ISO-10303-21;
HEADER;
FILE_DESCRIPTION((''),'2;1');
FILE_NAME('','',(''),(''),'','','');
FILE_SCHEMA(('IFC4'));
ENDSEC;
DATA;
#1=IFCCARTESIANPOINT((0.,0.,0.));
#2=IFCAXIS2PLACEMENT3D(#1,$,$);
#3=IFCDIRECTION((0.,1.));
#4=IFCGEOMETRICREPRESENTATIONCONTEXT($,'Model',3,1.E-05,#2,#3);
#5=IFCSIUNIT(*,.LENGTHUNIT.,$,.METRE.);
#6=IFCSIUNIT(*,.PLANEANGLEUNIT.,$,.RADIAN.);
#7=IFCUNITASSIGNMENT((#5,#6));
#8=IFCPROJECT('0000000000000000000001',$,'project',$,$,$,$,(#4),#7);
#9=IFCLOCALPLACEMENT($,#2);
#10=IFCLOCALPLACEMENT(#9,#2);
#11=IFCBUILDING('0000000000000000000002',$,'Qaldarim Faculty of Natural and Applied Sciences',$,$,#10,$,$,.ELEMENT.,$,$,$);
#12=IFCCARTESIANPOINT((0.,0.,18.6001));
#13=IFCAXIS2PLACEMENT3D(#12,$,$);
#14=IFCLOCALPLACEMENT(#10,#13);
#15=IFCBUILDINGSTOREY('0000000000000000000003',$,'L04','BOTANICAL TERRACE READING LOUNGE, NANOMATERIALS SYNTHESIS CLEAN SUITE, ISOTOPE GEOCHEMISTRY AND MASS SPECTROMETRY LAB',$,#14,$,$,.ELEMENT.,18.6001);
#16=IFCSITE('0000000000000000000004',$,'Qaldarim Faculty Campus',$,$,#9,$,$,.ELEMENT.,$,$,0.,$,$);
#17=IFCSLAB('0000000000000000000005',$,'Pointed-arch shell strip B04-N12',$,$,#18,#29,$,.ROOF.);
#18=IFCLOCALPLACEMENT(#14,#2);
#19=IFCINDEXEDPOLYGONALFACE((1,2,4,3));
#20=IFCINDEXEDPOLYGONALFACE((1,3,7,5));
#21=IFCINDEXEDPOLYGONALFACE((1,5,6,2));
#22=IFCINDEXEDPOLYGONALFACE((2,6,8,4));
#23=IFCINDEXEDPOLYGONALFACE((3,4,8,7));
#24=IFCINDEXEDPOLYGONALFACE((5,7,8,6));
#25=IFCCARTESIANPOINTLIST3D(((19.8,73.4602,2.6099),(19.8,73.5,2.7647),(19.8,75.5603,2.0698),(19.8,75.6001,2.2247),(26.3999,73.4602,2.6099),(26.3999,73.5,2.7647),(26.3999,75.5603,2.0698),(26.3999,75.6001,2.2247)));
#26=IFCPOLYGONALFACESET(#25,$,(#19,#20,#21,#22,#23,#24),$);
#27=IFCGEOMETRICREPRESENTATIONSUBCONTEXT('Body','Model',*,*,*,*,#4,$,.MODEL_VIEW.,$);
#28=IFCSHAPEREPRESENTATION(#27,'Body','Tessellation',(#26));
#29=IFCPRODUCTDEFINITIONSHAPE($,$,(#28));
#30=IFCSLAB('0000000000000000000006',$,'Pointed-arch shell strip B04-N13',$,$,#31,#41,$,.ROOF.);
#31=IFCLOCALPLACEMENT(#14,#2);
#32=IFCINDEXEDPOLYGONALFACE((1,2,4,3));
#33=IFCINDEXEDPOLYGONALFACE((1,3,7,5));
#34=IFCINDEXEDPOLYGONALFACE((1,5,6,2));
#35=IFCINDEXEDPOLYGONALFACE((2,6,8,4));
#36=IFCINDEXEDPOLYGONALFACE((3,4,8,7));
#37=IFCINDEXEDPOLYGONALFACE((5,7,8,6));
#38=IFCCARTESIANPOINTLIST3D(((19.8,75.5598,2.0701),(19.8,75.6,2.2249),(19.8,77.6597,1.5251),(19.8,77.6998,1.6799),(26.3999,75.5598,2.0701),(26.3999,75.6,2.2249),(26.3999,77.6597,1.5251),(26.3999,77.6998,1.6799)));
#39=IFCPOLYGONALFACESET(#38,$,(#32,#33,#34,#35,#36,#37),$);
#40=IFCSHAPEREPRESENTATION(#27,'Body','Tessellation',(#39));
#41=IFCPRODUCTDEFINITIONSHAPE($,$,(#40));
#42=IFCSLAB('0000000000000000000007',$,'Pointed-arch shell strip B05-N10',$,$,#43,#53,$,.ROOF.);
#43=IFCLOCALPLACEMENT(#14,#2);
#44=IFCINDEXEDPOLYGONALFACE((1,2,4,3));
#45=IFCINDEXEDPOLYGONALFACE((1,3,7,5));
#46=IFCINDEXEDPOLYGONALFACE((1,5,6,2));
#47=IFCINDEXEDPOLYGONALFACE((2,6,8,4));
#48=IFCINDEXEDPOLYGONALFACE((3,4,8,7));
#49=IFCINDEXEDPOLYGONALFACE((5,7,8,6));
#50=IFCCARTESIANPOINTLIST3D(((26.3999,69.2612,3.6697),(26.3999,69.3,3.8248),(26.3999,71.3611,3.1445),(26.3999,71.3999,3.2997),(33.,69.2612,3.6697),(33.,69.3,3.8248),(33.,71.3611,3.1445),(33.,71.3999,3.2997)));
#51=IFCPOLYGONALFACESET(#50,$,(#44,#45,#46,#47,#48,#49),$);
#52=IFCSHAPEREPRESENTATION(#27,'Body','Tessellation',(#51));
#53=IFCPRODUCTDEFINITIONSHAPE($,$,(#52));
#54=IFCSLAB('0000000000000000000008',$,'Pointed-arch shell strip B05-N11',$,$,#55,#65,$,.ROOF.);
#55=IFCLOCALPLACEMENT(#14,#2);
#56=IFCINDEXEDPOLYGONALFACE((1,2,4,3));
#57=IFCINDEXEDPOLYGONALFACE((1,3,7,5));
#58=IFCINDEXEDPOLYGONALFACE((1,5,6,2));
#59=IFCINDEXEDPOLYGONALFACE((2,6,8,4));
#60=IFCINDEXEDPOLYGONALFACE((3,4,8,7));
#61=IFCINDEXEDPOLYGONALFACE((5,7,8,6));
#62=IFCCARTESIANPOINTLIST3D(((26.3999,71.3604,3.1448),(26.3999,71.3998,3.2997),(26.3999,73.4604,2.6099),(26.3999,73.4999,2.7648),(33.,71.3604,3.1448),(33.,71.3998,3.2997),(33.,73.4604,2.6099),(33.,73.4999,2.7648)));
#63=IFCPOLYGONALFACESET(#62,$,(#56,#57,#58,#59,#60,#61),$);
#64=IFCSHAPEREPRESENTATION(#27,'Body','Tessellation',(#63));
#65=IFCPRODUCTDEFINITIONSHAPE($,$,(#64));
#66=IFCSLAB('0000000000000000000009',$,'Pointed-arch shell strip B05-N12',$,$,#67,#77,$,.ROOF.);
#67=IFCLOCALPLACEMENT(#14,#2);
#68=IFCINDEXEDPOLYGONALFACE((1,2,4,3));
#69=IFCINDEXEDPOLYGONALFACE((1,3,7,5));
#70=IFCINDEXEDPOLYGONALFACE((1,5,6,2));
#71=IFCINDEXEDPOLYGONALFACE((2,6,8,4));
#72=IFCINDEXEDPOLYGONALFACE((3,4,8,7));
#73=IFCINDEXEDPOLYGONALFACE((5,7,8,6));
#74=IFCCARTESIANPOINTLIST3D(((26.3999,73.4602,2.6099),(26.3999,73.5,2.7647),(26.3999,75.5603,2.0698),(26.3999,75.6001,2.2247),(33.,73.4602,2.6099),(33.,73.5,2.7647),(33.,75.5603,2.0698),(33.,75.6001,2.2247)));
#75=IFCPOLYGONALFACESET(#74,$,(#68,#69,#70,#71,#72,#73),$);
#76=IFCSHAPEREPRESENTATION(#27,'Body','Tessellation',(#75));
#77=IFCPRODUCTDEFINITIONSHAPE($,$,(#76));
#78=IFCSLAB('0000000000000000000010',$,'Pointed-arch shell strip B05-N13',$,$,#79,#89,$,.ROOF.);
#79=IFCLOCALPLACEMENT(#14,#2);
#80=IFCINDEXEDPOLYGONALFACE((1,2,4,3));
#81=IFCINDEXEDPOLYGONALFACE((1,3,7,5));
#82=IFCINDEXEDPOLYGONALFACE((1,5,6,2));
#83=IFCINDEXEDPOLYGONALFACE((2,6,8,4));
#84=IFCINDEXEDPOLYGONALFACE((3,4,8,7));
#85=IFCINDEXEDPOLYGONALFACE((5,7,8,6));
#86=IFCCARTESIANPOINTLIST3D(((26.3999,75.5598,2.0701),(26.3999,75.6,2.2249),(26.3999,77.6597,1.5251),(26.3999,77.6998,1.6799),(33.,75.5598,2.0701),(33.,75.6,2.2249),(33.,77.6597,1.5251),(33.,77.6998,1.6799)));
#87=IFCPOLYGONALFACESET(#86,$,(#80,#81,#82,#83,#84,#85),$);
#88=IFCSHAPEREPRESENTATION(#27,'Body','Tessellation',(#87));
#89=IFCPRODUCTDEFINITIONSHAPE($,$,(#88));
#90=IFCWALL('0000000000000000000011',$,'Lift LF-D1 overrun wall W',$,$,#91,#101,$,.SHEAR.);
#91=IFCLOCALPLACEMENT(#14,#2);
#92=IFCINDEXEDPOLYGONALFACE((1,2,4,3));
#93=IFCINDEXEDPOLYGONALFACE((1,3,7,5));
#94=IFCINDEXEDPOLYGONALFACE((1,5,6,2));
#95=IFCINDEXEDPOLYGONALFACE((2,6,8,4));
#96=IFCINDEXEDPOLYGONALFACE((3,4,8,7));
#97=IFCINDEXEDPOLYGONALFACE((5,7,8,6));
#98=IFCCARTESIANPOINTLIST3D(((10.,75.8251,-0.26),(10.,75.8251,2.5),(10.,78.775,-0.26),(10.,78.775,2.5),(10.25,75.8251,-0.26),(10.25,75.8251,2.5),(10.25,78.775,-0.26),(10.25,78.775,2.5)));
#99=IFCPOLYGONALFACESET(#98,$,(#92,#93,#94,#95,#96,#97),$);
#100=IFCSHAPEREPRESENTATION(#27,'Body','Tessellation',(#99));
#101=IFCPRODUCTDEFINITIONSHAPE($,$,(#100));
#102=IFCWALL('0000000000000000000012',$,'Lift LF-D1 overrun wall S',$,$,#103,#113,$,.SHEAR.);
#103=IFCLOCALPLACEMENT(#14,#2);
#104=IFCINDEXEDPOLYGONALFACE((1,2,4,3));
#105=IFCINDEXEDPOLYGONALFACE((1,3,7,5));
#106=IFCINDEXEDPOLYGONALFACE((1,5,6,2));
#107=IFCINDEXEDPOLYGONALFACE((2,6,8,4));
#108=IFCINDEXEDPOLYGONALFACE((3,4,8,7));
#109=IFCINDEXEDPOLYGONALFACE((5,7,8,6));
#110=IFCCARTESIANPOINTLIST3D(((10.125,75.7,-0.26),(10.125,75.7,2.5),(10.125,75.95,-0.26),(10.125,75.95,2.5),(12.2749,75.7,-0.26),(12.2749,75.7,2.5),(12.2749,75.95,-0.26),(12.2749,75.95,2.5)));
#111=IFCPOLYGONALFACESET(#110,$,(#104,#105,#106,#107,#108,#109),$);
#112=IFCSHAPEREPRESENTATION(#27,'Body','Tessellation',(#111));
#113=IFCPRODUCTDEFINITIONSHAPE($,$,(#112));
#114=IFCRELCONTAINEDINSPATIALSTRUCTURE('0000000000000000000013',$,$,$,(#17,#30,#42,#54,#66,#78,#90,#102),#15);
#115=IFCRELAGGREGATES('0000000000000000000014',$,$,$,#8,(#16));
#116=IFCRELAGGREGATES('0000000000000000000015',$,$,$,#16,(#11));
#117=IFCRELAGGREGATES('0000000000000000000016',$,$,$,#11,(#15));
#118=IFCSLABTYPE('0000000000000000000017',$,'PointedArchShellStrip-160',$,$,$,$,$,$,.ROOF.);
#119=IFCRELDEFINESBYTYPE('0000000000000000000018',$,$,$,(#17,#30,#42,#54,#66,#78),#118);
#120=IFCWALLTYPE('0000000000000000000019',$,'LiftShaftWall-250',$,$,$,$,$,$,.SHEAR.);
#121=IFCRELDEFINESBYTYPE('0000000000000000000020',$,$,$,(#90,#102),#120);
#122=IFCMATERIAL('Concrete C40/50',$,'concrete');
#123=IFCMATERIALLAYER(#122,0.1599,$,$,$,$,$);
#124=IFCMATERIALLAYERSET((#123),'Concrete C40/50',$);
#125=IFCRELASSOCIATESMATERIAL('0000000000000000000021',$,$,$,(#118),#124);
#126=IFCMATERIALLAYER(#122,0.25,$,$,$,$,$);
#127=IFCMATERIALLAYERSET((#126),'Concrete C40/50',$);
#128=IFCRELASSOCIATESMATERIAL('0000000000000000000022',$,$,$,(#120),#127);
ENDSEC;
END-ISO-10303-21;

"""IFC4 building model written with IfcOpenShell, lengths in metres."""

from ifc_helpers import new_model, si_unit, direction, frame, frame_2d, origin, place, context, subcontext, project, spatial, polyline, rectangle, outline, extrude, material, layer, layer_set, type_object, element, save


model = new_model("IFC4")

# Units and contexts
model_context = context("Model", 3, precision=1e-05, world=origin(), true_north=direction((0.0, 1.0)))
body_context = subcontext(model_context, "Body", "Model", "MODEL_VIEW")
ifc_project = project(units=[si_unit("LENGTHUNIT", "METRE"), si_unit("PLANEANGLEUNIT", "RADIAN")], contexts=[model_context])

# Site, building, storey
site_placement = place(None, origin())
site = spatial("IfcSite", under=ifc_project, at=site_placement, Name="Qaldarim Faculty Campus", CompositionType="ELEMENT", RefElevation=0.0)
building_placement = place(site_placement, origin())
building = spatial("IfcBuilding", under=site, at=building_placement, Name="Qaldarim Faculty of Natural and Applied Sciences", CompositionType="ELEMENT")
storey_placement = place(building_placement, frame((0.0, 0.0, 18.6001)))
storey = spatial("IfcBuildingStorey", under=building, at=storey_placement, Name="L04", Description="BOTANICAL TERRACE READING LOUNGE, NANOMATERIALS SYNTHESIS CLEAN SUITE, ISOTOPE GEOCHEMISTRY AND MASS SPECTROMETRY LAB", CompositionType="ELEMENT", Elevation=18.6001)

# Slabs
ifc_material_1 = material(Name="Concrete C40/50", Category="concrete")
ifc_layer_1 = layer(ifc_material_1, 0.1599)
ifc_layer_set_1 = layer_set([ifc_layer_1], Name="Concrete C40/50")
slab_type = type_object("IfcSlabType", Name="PointedArchShellStrip-160", PredefinedType="ROOF", material=ifc_layer_set_1)
slab_1_placement = place(storey_placement, frame((19.8, 73.4602, 2.6099), z_axis=(0.0, 0.249047, 0.968491), x_axis=(1.0, 0.0, 0.0)))
element("IfcSlab", 1, at=slab_1_placement, inside=storey, type_object=slab_type, Name="Pointed-arch shell strip B04-N12", PredefinedType="ROOF", context=body_context, shape_type="SweptSolid", body=[
    extrude(outline(polyline([(0.0, 0.0), (6.5999, 0.0), (6.5999, 2.1684), (0.0, 2.1684), (0.0, 0.0)])), origin(), (0.0, 0.0, 1.0), 0.1599),
])
slab_2_placement = place(storey_placement, frame((19.8, 75.5598, 2.0701), z_axis=(0.0, 0.251185, 0.967939), x_axis=(1.0, 0.0, 0.0)))
element("IfcSlab", 2, at=slab_2_placement, inside=storey, type_object=slab_type, Name="Pointed-arch shell strip B04-N13", PredefinedType="ROOF", context=body_context, shape_type="SweptSolid", body=[
    extrude(outline(polyline([(0.0, 0.0), (6.5999, 0.0), (6.5999, 2.1694), (0.0, 2.1694), (0.0, 0.0)])), origin(), (0.0, 0.0, 1.0), 0.1599),
])
slab_3_placement = place(storey_placement, frame((26.3999, 69.2612, 3.6697), z_axis=(0.0, 0.242615, 0.970123), x_axis=(1.0, 0.0, 0.0)))
element("IfcSlab", 3, at=slab_3_placement, inside=storey, type_object=slab_type, Name="Pointed-arch shell strip B05-N10", PredefinedType="ROOF", context=body_context, shape_type="SweptSolid", body=[
    extrude(outline(polyline([(0.0, 0.0), (6.6001, 0.0), (6.6001, 2.1645), (0.0, 2.1645), (0.0, 0.0)])), origin(), (0.0, 0.0, 1.0), 0.1599),
])
slab_4_placement = place(storey_placement, frame((26.3999, 71.3604, 3.1448), z_axis=(0.0, 0.246827, 0.969059), x_axis=(1.0, 0.0, 0.0)))
element("IfcSlab", 4, at=slab_4_placement, inside=storey, type_object=slab_type, Name="Pointed-arch shell strip B05-N11", PredefinedType="ROOF", context=body_context, shape_type="SweptSolid", body=[
    extrude(outline(polyline([(0.0, 0.0), (6.6001, 0.0), (6.6001, 2.1672), (0.0, 2.1672), (0.0, 0.0)])), origin(), (0.0, 0.0, 1.0), 0.1599),
])
slab_5_placement = place(storey_placement, frame((26.3999, 73.4602, 2.6099), z_axis=(0.0, 0.249047, 0.968491), x_axis=(1.0, 0.0, 0.0)))
element("IfcSlab", 5, at=slab_5_placement, inside=storey, type_object=slab_type, Name="Pointed-arch shell strip B05-N12", PredefinedType="ROOF", context=body_context, shape_type="SweptSolid", body=[
    extrude(outline(polyline([(0.0, 0.0), (6.6001, 0.0), (6.6001, 2.1684), (0.0, 2.1684), (0.0, 0.0)])), origin(), (0.0, 0.0, 1.0), 0.1599),
])
slab_6_placement = place(storey_placement, frame((26.3999, 75.5598, 2.0701), z_axis=(0.0, 0.251185, 0.967939), x_axis=(1.0, 0.0, 0.0)))
element("IfcSlab", 6, at=slab_6_placement, inside=storey, type_object=slab_type, Name="Pointed-arch shell strip B05-N13", PredefinedType="ROOF", context=body_context, shape_type="SweptSolid", body=[
    extrude(outline(polyline([(0.0, 0.0), (6.6001, 0.0), (6.6001, 2.1694), (0.0, 2.1694), (0.0, 0.0)])), origin(), (0.0, 0.0, 1.0), 0.1599),
])

# Walls
ifc_layer_2 = layer(ifc_material_1, 0.25)
ifc_layer_set_2 = layer_set([ifc_layer_2], Name="Concrete C40/50")
wall_type = type_object("IfcWallType", Name="LiftShaftWall-250", PredefinedType="SHEAR", material=ifc_layer_set_2)
wall_1_placement = place(storey_placement, frame((10.125, 75.825, -0.26), z_axis=(0.0, 0.0, 1.0), x_axis=(0.0, 1.0, 0.0)))
element("IfcWall", 7, at=wall_1_placement, inside=storey, type_object=wall_type, Name="Lift LF-D1 overrun wall W", PredefinedType="SHEAR", context=body_context, shape_type="SweptSolid", body=[
    extrude(rectangle(XDim=2.95, YDim=0.25, at=frame_2d((1.4751, 0.0))), origin(), (0.0, 0.0, 1.0), 2.76),
])
wall_2_placement = place(storey_placement, frame((10.125, 75.825, -0.26), z_axis=(0.0, 0.0, 1.0), x_axis=(1.0, 0.0, 0.0)))
element("IfcWall", 8, at=wall_2_placement, inside=storey, type_object=wall_type, Name="Lift LF-D1 overrun wall S", PredefinedType="SHEAR", context=body_context, shape_type="SweptSolid", body=[
    extrude(rectangle(XDim=2.1499, YDim=0.25, at=frame_2d((1.075, 0.0))), origin(), (0.0, 0.0, 1.0), 2.76),
])

save(model, "model.ifc")
